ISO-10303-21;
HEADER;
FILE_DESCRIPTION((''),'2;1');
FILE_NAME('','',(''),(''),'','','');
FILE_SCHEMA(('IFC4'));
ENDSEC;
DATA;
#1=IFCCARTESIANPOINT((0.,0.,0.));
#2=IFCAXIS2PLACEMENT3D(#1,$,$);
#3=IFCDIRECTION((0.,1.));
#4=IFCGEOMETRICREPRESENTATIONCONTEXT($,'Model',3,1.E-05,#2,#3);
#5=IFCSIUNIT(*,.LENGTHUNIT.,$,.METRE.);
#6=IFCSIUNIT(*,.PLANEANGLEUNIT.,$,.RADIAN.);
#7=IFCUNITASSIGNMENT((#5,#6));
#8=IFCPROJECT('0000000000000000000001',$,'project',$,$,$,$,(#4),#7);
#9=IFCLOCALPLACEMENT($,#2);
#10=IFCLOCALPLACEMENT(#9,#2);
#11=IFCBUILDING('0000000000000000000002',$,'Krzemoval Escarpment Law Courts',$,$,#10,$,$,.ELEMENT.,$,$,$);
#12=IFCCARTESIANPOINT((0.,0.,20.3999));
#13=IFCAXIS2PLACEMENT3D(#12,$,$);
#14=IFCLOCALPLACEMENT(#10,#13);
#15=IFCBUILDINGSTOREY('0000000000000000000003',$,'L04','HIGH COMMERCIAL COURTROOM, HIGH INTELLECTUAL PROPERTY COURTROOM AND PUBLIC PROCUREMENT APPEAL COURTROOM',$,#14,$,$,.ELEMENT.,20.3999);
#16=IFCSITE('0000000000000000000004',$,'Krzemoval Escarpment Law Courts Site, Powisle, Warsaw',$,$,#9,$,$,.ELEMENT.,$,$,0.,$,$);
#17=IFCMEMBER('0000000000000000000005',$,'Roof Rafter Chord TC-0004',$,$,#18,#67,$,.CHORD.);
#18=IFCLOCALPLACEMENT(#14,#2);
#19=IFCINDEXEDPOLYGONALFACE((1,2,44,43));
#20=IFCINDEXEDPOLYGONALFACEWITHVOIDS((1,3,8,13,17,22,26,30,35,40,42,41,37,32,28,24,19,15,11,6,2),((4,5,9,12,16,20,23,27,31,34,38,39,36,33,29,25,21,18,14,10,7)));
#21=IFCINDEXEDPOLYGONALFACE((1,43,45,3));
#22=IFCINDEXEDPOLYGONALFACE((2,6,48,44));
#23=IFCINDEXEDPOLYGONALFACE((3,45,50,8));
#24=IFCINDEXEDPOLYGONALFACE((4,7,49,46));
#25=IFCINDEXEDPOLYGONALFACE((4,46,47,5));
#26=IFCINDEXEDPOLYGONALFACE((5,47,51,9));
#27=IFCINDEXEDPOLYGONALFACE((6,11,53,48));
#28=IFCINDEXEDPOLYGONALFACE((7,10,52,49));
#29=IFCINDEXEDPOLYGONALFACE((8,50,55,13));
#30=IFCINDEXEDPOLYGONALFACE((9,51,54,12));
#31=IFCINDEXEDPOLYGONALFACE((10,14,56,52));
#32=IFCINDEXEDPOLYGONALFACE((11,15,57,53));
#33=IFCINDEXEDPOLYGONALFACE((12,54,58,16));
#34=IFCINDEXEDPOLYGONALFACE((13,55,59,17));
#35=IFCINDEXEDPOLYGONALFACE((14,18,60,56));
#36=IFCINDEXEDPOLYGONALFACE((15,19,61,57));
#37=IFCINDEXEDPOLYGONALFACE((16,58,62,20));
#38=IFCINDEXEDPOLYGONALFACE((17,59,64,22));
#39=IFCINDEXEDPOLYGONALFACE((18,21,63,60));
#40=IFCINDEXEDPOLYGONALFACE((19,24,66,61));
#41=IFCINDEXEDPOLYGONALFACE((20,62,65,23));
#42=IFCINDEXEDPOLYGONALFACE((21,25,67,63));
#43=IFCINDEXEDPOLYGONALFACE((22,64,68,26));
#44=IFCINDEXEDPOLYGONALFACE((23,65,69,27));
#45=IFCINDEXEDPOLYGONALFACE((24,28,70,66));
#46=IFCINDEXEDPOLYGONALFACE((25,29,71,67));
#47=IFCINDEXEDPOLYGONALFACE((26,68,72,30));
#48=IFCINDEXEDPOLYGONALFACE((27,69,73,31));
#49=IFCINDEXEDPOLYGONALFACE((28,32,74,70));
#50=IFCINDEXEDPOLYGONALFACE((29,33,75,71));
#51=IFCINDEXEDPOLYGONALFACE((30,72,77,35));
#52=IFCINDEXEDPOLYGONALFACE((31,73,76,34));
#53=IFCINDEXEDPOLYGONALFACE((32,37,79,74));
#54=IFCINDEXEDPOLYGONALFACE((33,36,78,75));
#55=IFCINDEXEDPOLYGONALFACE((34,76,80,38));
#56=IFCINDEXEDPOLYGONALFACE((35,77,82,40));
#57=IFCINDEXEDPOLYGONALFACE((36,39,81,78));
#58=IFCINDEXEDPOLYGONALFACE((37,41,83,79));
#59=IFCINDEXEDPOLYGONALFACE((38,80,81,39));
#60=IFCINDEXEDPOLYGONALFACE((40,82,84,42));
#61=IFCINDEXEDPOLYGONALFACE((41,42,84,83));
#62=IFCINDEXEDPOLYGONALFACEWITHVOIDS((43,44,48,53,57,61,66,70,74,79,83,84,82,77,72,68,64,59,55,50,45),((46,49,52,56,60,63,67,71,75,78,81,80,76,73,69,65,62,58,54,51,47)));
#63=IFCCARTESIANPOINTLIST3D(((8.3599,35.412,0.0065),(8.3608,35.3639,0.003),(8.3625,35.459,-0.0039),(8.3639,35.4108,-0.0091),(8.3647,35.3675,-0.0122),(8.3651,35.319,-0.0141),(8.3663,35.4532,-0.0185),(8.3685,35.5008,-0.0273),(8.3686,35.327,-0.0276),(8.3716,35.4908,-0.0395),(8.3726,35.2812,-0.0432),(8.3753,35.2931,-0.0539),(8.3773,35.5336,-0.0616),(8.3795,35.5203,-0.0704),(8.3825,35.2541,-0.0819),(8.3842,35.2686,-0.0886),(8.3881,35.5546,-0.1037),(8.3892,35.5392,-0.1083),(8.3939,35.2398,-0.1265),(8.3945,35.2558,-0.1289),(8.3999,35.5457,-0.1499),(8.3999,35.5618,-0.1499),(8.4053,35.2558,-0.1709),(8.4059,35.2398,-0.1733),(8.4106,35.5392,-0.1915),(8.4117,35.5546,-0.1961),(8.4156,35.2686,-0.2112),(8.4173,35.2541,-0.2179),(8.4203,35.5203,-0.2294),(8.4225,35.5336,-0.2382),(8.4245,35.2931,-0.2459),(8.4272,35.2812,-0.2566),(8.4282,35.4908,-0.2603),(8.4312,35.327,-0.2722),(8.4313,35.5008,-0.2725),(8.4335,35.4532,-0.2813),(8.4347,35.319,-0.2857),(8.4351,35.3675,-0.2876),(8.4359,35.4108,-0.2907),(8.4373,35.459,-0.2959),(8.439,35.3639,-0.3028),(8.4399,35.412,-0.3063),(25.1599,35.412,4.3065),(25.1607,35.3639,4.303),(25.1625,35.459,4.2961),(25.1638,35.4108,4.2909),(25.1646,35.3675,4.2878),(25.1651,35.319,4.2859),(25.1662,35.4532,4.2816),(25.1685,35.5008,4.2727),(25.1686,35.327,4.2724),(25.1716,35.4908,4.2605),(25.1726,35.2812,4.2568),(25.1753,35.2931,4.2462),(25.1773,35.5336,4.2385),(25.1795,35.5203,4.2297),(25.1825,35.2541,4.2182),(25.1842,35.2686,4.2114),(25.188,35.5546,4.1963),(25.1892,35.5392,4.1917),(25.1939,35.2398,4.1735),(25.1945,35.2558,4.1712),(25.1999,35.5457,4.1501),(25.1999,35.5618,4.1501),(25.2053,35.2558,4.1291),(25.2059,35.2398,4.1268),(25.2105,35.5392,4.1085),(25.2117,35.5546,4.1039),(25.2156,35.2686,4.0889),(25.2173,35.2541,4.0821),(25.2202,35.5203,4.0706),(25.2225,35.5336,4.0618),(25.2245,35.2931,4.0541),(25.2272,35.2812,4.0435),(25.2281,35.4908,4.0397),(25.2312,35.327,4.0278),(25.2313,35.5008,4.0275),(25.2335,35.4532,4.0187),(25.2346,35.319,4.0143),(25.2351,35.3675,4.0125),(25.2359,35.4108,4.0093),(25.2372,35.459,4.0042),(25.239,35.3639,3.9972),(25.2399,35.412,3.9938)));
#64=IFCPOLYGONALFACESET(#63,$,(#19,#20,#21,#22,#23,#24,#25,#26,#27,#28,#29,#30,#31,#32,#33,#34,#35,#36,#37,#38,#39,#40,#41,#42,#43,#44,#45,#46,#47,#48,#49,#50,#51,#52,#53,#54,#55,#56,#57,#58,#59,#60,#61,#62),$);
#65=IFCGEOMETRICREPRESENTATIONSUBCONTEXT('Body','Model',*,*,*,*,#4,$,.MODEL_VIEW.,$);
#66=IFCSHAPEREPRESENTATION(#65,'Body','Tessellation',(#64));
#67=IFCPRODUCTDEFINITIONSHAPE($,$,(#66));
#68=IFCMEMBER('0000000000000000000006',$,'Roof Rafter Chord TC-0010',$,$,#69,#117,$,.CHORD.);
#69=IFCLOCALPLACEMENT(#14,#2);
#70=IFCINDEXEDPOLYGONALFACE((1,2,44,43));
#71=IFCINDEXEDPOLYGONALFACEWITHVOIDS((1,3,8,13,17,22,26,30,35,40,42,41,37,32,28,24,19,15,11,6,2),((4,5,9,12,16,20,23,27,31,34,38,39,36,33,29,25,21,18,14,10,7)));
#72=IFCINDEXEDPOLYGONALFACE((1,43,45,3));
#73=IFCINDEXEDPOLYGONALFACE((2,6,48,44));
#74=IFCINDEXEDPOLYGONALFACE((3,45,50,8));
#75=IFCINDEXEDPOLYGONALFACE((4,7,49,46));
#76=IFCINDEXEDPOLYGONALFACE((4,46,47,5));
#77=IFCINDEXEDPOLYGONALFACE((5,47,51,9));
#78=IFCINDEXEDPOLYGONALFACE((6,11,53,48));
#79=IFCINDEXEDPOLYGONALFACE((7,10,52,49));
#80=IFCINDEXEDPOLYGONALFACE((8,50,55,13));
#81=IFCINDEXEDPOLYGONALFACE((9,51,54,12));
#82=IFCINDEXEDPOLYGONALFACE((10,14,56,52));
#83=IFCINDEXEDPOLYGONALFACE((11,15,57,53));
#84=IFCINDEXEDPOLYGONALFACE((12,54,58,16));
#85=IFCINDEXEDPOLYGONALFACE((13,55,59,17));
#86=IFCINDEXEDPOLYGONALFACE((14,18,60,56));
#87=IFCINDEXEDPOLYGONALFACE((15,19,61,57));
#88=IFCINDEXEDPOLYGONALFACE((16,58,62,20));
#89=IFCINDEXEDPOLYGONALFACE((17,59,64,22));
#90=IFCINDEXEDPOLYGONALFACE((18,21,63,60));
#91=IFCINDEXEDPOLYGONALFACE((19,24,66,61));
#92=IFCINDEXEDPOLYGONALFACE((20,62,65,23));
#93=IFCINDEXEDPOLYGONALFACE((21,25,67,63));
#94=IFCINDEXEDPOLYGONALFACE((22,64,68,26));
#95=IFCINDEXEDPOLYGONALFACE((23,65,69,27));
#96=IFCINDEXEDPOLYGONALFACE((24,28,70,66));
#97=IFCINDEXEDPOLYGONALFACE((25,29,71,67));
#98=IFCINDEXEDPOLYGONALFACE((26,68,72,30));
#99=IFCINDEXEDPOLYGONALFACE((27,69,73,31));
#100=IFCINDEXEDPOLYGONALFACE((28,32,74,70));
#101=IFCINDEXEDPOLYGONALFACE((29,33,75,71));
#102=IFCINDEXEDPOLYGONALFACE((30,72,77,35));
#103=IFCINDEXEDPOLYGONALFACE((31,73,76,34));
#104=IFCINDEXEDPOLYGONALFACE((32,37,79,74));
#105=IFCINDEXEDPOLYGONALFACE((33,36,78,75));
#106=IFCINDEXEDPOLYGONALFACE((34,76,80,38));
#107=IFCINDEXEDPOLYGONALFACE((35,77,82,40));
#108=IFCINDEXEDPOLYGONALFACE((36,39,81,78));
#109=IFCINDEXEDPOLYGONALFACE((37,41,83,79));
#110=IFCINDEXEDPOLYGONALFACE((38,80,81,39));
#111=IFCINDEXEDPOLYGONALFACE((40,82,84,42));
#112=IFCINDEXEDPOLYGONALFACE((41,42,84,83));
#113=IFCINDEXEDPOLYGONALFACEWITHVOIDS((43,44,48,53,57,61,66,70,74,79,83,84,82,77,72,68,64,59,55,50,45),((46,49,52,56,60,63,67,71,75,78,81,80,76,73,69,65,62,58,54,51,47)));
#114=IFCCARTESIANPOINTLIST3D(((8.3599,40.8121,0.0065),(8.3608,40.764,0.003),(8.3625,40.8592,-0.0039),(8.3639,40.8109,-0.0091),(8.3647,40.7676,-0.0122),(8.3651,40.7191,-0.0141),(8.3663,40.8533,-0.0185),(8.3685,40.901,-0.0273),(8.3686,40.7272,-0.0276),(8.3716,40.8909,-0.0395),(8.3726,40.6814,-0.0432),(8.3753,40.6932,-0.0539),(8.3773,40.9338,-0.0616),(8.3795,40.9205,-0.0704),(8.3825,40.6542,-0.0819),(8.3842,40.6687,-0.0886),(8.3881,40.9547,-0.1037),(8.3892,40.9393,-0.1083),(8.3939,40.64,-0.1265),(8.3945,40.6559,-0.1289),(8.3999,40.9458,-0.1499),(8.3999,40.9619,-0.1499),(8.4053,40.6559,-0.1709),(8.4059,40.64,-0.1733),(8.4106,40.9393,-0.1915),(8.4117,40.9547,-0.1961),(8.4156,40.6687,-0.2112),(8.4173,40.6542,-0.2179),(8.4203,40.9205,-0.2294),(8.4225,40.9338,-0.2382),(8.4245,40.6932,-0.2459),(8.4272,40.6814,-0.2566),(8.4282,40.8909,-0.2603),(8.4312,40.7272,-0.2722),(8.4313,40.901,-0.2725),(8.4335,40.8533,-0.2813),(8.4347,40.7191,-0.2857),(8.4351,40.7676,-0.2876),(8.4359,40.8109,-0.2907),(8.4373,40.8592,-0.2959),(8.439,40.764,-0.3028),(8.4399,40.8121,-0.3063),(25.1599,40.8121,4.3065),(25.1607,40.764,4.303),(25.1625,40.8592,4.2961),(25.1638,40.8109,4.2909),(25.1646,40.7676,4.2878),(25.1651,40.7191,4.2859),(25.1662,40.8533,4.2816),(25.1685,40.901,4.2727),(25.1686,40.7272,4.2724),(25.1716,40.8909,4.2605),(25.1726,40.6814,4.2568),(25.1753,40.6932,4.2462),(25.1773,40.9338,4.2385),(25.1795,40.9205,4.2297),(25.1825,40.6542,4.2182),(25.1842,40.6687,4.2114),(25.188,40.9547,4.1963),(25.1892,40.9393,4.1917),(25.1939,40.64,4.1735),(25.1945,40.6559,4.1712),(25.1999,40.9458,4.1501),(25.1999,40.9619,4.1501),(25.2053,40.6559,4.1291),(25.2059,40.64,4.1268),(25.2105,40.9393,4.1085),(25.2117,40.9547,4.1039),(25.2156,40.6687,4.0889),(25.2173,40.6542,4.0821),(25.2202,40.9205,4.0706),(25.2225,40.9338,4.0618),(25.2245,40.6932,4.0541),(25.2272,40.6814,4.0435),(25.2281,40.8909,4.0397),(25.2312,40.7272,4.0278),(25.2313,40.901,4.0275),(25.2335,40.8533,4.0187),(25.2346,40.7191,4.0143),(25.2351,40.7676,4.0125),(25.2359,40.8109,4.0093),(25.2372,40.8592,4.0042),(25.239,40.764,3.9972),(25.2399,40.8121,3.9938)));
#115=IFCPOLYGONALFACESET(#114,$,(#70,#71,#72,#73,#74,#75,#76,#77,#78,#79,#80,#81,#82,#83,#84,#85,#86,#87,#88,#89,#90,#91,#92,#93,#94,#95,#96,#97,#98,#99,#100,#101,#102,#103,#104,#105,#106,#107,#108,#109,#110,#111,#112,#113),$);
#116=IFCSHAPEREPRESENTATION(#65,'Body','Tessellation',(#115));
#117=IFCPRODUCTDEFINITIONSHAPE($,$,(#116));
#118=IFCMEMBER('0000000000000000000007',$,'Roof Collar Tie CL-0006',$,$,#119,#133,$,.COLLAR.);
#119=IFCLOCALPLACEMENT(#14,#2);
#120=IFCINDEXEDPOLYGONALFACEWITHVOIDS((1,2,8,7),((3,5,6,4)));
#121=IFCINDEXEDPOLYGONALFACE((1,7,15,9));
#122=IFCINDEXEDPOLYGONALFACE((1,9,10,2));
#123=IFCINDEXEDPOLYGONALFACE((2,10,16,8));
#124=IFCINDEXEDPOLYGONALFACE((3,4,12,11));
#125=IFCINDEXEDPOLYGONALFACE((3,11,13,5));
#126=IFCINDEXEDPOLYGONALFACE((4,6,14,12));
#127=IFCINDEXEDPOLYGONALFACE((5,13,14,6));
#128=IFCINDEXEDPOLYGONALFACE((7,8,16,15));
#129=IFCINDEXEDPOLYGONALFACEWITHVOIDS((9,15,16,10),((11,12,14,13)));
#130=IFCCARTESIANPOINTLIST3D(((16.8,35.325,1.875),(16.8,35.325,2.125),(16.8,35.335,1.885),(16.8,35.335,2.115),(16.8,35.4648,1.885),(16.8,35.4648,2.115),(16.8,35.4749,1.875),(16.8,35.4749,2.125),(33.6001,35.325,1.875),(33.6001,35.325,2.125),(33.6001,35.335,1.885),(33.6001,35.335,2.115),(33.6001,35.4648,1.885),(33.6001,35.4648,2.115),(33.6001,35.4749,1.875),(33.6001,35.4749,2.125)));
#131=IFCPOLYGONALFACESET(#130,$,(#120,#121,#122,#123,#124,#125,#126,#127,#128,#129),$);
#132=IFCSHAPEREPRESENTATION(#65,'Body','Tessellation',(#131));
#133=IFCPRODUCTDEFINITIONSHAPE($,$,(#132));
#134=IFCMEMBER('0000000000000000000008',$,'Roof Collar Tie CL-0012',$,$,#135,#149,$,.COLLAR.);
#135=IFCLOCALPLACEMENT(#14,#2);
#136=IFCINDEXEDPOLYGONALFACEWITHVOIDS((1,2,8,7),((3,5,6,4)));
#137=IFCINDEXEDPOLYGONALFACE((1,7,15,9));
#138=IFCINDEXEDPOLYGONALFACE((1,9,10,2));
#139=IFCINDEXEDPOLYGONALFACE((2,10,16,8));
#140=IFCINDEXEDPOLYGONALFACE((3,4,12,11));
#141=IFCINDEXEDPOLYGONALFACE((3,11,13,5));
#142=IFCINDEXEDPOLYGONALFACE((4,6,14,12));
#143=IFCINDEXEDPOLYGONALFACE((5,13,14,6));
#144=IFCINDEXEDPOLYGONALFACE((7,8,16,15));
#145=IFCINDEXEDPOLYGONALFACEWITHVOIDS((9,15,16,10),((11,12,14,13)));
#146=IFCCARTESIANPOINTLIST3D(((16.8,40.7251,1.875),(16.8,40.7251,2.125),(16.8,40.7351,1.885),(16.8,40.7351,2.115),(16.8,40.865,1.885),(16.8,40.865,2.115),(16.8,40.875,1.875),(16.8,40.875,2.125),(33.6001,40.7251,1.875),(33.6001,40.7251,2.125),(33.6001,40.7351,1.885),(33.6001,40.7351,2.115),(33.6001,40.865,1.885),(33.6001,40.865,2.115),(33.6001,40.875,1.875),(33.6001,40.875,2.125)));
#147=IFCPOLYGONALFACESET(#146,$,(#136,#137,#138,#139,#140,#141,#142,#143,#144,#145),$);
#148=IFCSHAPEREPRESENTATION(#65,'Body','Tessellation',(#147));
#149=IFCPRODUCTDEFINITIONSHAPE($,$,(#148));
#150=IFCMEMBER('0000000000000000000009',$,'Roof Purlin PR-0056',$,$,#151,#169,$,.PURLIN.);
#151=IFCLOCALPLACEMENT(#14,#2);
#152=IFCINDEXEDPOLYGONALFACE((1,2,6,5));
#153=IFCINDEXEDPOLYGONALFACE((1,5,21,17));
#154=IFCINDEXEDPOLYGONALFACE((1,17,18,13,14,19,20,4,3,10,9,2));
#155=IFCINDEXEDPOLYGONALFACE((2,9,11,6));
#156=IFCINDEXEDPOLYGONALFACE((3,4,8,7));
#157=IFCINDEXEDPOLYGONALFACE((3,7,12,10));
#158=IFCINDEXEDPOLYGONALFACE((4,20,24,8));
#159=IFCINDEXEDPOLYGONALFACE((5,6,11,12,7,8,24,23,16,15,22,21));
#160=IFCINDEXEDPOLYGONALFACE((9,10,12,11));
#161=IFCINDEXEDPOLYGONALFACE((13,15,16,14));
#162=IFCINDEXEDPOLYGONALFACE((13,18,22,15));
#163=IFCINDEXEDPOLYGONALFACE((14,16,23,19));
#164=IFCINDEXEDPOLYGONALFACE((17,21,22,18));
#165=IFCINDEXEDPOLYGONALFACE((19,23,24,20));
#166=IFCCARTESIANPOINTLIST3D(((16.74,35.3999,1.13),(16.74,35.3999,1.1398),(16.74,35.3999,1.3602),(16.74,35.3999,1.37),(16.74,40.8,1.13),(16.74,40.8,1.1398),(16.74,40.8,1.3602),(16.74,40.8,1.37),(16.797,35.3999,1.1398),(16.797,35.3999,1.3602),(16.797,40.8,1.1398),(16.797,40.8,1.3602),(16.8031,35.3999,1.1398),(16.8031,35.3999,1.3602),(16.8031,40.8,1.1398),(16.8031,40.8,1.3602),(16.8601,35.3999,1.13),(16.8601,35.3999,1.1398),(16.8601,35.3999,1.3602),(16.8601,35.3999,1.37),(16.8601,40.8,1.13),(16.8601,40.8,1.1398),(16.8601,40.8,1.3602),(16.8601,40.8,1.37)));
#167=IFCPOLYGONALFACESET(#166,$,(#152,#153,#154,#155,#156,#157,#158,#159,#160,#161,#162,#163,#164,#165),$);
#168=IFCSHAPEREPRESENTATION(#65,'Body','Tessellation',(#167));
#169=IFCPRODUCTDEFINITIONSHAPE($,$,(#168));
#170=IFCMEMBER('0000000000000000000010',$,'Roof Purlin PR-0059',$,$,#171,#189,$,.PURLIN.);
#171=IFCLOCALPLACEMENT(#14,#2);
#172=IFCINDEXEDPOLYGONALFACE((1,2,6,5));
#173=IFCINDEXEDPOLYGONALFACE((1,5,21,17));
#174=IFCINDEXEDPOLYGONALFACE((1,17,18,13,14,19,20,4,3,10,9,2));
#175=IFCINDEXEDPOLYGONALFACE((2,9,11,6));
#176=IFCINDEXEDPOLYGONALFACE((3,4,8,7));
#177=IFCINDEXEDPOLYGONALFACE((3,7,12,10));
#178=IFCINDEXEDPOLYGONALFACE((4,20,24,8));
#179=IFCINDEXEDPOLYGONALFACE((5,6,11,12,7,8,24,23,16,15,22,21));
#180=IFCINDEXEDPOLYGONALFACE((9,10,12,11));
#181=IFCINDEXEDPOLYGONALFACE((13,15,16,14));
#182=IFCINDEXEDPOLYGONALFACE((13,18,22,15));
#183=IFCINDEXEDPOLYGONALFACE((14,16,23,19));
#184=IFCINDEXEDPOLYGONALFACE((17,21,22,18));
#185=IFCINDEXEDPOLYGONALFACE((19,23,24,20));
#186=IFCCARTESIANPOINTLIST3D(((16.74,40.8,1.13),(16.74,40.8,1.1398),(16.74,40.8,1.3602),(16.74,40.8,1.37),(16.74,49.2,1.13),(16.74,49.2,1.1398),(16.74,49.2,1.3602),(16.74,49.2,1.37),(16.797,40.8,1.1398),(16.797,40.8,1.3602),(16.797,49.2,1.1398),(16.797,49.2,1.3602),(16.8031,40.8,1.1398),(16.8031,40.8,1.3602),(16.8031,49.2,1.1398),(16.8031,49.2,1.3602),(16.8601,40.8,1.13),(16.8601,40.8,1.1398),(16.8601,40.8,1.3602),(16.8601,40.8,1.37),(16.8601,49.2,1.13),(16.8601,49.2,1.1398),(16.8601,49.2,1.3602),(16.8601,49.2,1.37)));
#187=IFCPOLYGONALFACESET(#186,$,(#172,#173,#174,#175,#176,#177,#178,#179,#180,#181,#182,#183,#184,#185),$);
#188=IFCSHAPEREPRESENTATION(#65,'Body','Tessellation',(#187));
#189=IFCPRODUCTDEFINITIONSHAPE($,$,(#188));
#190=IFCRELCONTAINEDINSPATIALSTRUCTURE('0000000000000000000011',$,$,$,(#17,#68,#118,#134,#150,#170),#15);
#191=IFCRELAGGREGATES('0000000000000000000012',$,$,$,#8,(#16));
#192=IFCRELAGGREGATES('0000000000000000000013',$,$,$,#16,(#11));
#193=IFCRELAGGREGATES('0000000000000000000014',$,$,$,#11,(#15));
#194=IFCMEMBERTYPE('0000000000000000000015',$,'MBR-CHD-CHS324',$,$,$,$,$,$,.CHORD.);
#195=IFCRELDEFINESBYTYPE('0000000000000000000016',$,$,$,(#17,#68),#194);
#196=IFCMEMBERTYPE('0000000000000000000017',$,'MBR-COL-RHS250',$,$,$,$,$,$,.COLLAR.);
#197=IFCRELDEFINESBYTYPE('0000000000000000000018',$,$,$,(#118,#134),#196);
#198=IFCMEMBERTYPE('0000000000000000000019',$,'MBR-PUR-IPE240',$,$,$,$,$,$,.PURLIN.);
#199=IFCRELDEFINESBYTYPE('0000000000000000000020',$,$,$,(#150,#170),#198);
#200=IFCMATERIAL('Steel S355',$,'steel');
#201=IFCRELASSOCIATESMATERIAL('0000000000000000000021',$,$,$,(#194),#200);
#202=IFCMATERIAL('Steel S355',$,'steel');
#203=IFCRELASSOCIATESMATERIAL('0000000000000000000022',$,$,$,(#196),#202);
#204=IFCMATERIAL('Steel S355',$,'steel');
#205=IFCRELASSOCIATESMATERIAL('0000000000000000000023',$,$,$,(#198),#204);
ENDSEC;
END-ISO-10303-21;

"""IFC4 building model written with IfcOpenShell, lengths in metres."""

from ifc_helpers import new_model, si_unit, direction, frame, origin, origin_2d, place, context, subcontext, project, spatial, hollow_rectangle, hollow_circle, i_section, extrude, material, material_profile, profile_set, type_object, element, save


model = new_model("IFC4")

# Units and contexts
model_context = context("Model", 3, precision=1e-05, world=origin(), true_north=direction((0.0, 1.0)))
body_context = subcontext(model_context, "Body", "Model", "MODEL_VIEW")
ifc_project = project(units=[si_unit("LENGTHUNIT", "METRE"), si_unit("PLANEANGLEUNIT", "RADIAN")], contexts=[model_context])

# Site, building, storey
site_placement = place(None, origin())
site = spatial("IfcSite", under=ifc_project, at=site_placement, Name="Krzemoval Escarpment Law Courts Site, Powisle, Warsaw", CompositionType="ELEMENT", RefElevation=0.0)
building_placement = place(site_placement, origin())
building = spatial("IfcBuilding", under=site, at=building_placement, Name="Krzemoval Escarpment Law Courts", CompositionType="ELEMENT")
storey_placement = place(building_placement, frame((0.0, 0.0, 20.3999)))
storey = spatial("IfcBuildingStorey", under=building, at=storey_placement, Name="L04", Description="HIGH COMMERCIAL COURTROOM, HIGH INTELLECTUAL PROPERTY COURTROOM AND PUBLIC PROCUREMENT APPEAL COURTROOM", CompositionType="ELEMENT", Elevation=20.3999)

# Members
ifc_material_1 = material(Name="Steel S355", Category="steel")
ifc_material_profile_1 = material_profile(ifc_material_1, hollow_circle(Radius=0.1619, WallThickness=0.0161, at=origin_2d()), Name="CHS 323.9x16")
ifc_profile_set_1 = profile_set([ifc_material_profile_1], Name="Steel S355")
member_type_1 = type_object("IfcMemberType", Name="MBR-CHD-CHS324", PredefinedType="CHORD", material=ifc_profile_set_1)
for number, where, z_axis, x_axis, name in (
    (1, (8.3999, 35.3999, -0.1499), (0.96877, 0.0, 0.247961), (0.0, 1.0, 0.0), "Roof Rafter Chord TC-0004"),
    (2, (8.3999, 40.8, -0.1499), (0.96877, 0.0, 0.247961), (0.0, 1.0, 0.0), "Roof Rafter Chord TC-0010"),
):
    element("IfcMember", number, at=place(storey_placement, frame(where, z_axis=z_axis, x_axis=x_axis)), inside=storey, type_object=member_type_1, Name=name, PredefinedType="CHORD", context=body_context, shape_type="SweptSolid", body=[
        extrude(hollow_circle(Radius=0.1619, WallThickness=0.0161, at=origin_2d()), origin(), (0.0, 0.0, 1.0), 17.3416),
    ])
ifc_material_2 = material(Name="Steel S355", Category="steel")
ifc_material_profile_2 = material_profile(ifc_material_2, hollow_rectangle(XDim=0.1499, YDim=0.25, WallThickness=0.01, at=origin_2d()), Name="RHS 250x150x10")
ifc_profile_set_2 = profile_set([ifc_material_profile_2], Name="Steel S355")
member_type_2 = type_object("IfcMemberType", Name="MBR-COL-RHS250", PredefinedType="COLLAR", material=ifc_profile_set_2)
for number, where, z_axis, x_axis, name in (
    (3, (16.8, 35.3999, 2.0), (1.0, 0.0, 0.0), (0.0, 1.0, 0.0), "Roof Collar Tie CL-0006"),
    (4, (16.8, 40.8, 2.0), (1.0, 0.0, 0.0), (0.0, 1.0, 0.0), "Roof Collar Tie CL-0012"),
):
    element("IfcMember", number, at=place(storey_placement, frame(where, z_axis=z_axis, x_axis=x_axis)), inside=storey, type_object=member_type_2, Name=name, PredefinedType="COLLAR", context=body_context, shape_type="SweptSolid", body=[
        extrude(hollow_rectangle(XDim=0.1499, YDim=0.25, WallThickness=0.01, at=origin_2d()), origin(), (0.0, 0.0, 1.0), 16.8),
    ])
ifc_material_3 = material(Name="Steel S355", Category="steel")
ifc_material_profile_3 = material_profile(ifc_material_3, i_section(OverallWidth=0.1201, OverallDepth=0.24, WebThickness=0.0061, FlangeThickness=0.0098, at=origin_2d()), Name="IPE 240")
ifc_profile_set_3 = profile_set([ifc_material_profile_3], Name="Steel S355")
member_type_3 = type_object("IfcMemberType", Name="MBR-PUR-IPE240", PredefinedType="PURLIN", material=ifc_profile_set_3)
member_1_placement = place(storey_placement, frame((16.8, 35.3999, 1.25), z_axis=(0.0, 1.0, 0.0), x_axis=(-1.0, 0.0, 0.0)))
element("IfcMember", 5, at=member_1_placement, inside=storey, type_object=member_type_3, Name="Roof Purlin PR-0056", PredefinedType="PURLIN", context=body_context, shape_type="SweptSolid", body=[
    extrude(i_section(OverallWidth=0.1201, OverallDepth=0.24, WebThickness=0.0061, FlangeThickness=0.0098, at=origin_2d()), origin(), (0.0, 0.0, 1.0), 5.4001),
])
member_2_placement = place(storey_placement, frame((16.8, 40.8, 1.25), z_axis=(0.0, 1.0, 0.0), x_axis=(-1.0, 0.0, 0.0)))
element("IfcMember", 6, at=member_2_placement, inside=storey, type_object=member_type_3, Name="Roof Purlin PR-0059", PredefinedType="PURLIN", context=body_context, shape_type="SweptSolid", body=[
    extrude(i_section(OverallWidth=0.1201, OverallDepth=0.24, WebThickness=0.0061, FlangeThickness=0.0098, at=origin_2d()), origin(), (0.0, 0.0, 1.0), 8.3999),
])

save(model, "model.ifc")
